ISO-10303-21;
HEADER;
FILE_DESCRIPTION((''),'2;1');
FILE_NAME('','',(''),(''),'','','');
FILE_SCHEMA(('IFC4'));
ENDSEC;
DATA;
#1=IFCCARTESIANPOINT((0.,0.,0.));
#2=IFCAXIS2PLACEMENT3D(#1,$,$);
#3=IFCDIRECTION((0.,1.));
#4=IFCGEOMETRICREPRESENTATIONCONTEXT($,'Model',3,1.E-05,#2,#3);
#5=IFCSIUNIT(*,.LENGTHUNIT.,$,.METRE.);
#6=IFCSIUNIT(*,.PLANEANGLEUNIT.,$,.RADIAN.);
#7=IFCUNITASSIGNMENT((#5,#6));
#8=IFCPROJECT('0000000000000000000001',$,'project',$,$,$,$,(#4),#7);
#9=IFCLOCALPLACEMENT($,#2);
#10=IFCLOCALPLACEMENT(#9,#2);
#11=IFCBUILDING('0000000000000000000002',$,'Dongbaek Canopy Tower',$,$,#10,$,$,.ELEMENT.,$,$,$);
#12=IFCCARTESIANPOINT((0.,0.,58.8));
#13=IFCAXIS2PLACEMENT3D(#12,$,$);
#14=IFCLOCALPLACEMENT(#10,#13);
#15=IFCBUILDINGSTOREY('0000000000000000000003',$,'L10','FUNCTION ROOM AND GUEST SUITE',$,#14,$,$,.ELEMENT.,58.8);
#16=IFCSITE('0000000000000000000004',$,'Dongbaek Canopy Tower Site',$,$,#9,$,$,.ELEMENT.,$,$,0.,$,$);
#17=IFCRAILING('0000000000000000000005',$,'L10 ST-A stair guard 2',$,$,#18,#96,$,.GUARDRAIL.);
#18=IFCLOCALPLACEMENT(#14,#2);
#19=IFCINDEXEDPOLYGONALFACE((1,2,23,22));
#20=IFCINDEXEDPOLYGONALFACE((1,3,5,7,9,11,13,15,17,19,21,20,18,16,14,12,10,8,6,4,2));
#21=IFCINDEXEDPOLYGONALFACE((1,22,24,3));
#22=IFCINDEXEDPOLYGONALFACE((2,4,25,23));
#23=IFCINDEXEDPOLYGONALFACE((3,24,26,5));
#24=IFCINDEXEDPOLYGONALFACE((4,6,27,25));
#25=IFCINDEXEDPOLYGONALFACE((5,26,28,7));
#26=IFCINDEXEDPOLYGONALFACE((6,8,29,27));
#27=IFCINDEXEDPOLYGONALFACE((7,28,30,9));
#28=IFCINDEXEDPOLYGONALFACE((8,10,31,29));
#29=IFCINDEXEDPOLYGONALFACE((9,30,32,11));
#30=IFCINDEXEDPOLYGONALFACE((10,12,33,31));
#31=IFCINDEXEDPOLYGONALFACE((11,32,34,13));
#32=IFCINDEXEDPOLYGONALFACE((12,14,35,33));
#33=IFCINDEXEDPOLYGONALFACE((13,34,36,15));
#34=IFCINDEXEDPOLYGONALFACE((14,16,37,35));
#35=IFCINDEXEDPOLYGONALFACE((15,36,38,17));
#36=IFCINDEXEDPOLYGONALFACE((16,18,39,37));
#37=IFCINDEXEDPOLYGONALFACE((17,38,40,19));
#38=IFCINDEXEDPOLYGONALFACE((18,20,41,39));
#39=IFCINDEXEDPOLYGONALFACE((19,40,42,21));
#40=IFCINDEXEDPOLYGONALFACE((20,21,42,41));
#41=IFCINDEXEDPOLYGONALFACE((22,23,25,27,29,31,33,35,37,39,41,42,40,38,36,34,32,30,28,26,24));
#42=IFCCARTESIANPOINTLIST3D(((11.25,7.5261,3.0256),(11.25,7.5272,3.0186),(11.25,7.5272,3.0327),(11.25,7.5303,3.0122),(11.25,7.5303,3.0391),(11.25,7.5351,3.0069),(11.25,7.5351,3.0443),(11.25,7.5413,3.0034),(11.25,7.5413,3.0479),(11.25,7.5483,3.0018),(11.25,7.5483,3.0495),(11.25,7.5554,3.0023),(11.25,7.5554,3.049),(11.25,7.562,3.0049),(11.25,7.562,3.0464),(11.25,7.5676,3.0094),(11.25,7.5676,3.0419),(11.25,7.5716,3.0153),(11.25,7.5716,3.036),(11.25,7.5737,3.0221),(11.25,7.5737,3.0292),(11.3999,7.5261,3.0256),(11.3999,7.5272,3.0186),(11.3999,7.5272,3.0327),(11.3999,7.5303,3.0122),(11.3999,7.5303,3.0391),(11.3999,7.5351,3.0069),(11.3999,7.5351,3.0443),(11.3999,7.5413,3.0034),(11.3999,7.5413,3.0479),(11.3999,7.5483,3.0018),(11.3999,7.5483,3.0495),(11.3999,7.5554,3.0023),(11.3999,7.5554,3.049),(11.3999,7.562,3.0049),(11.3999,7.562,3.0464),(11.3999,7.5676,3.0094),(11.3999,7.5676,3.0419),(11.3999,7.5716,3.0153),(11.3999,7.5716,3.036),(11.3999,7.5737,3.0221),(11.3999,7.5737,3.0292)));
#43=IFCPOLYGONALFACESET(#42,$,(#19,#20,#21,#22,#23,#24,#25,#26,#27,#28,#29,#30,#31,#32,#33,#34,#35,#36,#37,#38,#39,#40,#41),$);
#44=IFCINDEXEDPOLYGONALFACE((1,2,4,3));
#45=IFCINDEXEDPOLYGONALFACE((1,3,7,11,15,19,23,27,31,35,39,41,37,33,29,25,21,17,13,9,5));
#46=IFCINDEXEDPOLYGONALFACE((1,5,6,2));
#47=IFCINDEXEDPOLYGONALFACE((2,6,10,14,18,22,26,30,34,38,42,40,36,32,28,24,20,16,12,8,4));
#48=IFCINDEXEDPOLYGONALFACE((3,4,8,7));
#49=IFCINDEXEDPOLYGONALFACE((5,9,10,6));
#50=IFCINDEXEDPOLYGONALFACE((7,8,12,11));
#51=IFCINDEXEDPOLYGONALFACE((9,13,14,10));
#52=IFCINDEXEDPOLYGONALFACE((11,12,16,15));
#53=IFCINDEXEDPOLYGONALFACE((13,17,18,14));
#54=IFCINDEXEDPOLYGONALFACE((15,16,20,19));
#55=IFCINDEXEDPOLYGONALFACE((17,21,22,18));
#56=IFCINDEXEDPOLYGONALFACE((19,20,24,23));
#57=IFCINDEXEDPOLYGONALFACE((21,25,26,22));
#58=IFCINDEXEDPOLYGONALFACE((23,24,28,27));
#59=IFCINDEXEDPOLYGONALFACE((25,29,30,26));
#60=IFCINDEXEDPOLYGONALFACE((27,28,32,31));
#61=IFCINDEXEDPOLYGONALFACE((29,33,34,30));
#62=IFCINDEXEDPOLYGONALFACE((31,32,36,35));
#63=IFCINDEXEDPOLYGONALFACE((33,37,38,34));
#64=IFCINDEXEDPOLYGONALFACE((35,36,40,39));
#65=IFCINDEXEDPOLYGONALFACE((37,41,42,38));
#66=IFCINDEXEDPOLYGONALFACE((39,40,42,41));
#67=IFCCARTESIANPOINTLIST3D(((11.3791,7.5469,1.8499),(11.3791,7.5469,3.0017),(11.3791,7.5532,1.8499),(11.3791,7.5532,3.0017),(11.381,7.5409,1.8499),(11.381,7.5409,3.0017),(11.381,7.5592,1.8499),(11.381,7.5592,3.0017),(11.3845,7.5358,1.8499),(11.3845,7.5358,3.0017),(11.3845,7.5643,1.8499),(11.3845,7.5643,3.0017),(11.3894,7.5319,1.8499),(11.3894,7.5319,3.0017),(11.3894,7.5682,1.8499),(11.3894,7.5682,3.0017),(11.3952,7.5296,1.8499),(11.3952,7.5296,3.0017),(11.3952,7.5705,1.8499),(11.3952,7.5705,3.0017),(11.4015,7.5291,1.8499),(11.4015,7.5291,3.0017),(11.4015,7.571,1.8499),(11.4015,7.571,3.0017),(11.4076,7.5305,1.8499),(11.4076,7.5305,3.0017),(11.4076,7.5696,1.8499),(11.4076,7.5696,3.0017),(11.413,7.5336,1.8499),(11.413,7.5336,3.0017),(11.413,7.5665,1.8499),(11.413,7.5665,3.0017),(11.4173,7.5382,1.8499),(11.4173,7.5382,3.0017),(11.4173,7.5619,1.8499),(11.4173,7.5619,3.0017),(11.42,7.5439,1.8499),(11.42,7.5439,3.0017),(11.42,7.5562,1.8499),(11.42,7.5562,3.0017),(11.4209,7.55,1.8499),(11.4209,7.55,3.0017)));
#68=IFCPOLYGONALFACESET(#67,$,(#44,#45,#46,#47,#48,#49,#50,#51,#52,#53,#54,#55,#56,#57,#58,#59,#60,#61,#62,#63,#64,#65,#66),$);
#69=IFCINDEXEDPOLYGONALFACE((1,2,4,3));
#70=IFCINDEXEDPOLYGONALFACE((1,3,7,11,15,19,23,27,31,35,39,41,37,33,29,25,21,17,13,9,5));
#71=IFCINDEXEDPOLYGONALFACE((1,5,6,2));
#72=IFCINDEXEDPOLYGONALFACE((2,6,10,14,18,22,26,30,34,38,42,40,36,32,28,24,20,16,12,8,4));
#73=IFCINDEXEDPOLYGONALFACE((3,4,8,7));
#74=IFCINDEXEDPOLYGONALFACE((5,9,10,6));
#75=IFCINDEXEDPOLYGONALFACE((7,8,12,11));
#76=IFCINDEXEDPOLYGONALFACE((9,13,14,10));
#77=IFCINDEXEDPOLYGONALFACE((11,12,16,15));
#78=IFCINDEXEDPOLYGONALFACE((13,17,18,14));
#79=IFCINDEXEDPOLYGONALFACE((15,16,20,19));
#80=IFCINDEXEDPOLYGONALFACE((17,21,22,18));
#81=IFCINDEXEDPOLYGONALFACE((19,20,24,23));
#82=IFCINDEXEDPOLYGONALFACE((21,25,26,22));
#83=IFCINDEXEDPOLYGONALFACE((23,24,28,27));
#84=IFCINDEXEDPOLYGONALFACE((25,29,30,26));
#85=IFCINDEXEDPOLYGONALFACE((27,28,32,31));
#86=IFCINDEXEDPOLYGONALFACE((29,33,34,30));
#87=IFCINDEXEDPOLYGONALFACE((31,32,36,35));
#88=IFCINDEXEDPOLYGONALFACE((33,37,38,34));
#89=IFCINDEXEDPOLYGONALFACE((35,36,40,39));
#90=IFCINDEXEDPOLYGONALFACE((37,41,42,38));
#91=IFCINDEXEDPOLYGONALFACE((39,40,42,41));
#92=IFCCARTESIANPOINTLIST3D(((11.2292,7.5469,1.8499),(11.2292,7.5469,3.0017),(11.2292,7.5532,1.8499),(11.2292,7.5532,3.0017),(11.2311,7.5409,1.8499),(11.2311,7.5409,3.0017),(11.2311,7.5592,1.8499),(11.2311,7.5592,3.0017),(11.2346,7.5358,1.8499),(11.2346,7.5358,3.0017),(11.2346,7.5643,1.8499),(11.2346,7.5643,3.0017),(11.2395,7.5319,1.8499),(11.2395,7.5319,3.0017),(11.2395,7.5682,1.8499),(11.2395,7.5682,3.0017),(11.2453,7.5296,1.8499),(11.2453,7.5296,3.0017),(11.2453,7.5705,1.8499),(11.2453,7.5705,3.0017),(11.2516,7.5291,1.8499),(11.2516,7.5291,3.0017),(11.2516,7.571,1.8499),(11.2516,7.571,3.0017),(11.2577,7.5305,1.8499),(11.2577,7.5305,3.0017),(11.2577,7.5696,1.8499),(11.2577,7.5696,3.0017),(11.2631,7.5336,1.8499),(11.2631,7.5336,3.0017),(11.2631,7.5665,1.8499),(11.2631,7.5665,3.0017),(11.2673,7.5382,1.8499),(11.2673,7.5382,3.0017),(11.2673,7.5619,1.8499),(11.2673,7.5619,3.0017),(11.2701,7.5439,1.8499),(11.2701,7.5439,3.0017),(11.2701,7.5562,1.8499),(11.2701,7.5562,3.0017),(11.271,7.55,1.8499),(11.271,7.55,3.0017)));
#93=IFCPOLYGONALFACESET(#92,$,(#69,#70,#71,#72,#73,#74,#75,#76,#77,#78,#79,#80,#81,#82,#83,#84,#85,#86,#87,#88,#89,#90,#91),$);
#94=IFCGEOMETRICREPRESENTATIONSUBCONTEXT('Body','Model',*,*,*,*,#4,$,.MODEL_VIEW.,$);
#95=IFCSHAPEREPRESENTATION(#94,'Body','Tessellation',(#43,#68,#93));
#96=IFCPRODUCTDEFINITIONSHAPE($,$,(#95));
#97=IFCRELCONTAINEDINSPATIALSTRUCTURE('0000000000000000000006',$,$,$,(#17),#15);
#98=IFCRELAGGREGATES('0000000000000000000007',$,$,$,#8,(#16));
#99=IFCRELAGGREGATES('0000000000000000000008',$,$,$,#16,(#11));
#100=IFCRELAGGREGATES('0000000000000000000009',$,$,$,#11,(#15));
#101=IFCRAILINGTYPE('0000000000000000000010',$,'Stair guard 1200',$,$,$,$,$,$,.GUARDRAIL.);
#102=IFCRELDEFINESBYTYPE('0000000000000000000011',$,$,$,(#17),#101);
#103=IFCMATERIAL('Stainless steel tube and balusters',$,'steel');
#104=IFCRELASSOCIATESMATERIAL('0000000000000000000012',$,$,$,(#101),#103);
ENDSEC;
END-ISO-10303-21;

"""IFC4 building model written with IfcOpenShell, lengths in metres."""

from ifc_helpers import new_model, si_unit, direction, frame, origin, origin_2d, place, context, subcontext, project, spatial, circle, extrude, material, type_object, element, save


model = new_model("IFC4")

# Units and contexts
model_context = context("Model", 3, precision=1e-05, world=origin(), true_north=direction((0.0, 1.0)))
body_context = subcontext(model_context, "Body", "Model", "MODEL_VIEW")
ifc_project = project(units=[si_unit("LENGTHUNIT", "METRE"), si_unit("PLANEANGLEUNIT", "RADIAN")], contexts=[model_context])

# Site, building, storey
site_placement = place(None, origin())
site = spatial("IfcSite", under=ifc_project, at=site_placement, Name="Dongbaek Canopy Tower Site", CompositionType="ELEMENT", RefElevation=0.0)
building_placement = place(site_placement, origin())
building = spatial("IfcBuilding", under=site, at=building_placement, Name="Dongbaek Canopy Tower", CompositionType="ELEMENT")
storey_placement = place(building_placement, frame((0.0, 0.0, 58.8)))
storey = spatial("IfcBuildingStorey", under=building, at=storey_placement, Name="L10", Description="FUNCTION ROOM AND GUEST SUITE", CompositionType="ELEMENT", Elevation=58.8)

# Railing
ifc_material_1 = material(Name="Stainless steel tube and balusters", Category="steel")
railing_type_1 = type_object("IfcRailingType", Name="Stair guard 1200", PredefinedType="GUARDRAIL", material=ifc_material_1)
railing_1_placement = place(storey_placement, frame((11.3999, 7.55, 1.8499)))
element("IfcRailing", 1, at=railing_1_placement, inside=storey, type_object=railing_type_1, Name="L10 ST-A stair guard 2", PredefinedType="GUARDRAIL", context=body_context, shape_type="SweptSolid", body=[
    extrude(circle(Radius=0.0239, at=origin_2d()), frame((0.0, 0.0, 1.1758), z_axis=(-1.0, 0.0, 0.0), x_axis=(0.0, -1.0, 0.0)), (0.0, 0.0, 1.0), 0.1499),
    extrude(circle(Radius=0.021, at=origin_2d()), origin(), (0.0, 0.0, 1.0), 1.1519),
    extrude(circle(Radius=0.021, at=origin_2d()), frame((-0.1499, 0.0, 0.0)), (0.0, 0.0, 1.0), 1.1519),
])

save(model, "model.ifc")
